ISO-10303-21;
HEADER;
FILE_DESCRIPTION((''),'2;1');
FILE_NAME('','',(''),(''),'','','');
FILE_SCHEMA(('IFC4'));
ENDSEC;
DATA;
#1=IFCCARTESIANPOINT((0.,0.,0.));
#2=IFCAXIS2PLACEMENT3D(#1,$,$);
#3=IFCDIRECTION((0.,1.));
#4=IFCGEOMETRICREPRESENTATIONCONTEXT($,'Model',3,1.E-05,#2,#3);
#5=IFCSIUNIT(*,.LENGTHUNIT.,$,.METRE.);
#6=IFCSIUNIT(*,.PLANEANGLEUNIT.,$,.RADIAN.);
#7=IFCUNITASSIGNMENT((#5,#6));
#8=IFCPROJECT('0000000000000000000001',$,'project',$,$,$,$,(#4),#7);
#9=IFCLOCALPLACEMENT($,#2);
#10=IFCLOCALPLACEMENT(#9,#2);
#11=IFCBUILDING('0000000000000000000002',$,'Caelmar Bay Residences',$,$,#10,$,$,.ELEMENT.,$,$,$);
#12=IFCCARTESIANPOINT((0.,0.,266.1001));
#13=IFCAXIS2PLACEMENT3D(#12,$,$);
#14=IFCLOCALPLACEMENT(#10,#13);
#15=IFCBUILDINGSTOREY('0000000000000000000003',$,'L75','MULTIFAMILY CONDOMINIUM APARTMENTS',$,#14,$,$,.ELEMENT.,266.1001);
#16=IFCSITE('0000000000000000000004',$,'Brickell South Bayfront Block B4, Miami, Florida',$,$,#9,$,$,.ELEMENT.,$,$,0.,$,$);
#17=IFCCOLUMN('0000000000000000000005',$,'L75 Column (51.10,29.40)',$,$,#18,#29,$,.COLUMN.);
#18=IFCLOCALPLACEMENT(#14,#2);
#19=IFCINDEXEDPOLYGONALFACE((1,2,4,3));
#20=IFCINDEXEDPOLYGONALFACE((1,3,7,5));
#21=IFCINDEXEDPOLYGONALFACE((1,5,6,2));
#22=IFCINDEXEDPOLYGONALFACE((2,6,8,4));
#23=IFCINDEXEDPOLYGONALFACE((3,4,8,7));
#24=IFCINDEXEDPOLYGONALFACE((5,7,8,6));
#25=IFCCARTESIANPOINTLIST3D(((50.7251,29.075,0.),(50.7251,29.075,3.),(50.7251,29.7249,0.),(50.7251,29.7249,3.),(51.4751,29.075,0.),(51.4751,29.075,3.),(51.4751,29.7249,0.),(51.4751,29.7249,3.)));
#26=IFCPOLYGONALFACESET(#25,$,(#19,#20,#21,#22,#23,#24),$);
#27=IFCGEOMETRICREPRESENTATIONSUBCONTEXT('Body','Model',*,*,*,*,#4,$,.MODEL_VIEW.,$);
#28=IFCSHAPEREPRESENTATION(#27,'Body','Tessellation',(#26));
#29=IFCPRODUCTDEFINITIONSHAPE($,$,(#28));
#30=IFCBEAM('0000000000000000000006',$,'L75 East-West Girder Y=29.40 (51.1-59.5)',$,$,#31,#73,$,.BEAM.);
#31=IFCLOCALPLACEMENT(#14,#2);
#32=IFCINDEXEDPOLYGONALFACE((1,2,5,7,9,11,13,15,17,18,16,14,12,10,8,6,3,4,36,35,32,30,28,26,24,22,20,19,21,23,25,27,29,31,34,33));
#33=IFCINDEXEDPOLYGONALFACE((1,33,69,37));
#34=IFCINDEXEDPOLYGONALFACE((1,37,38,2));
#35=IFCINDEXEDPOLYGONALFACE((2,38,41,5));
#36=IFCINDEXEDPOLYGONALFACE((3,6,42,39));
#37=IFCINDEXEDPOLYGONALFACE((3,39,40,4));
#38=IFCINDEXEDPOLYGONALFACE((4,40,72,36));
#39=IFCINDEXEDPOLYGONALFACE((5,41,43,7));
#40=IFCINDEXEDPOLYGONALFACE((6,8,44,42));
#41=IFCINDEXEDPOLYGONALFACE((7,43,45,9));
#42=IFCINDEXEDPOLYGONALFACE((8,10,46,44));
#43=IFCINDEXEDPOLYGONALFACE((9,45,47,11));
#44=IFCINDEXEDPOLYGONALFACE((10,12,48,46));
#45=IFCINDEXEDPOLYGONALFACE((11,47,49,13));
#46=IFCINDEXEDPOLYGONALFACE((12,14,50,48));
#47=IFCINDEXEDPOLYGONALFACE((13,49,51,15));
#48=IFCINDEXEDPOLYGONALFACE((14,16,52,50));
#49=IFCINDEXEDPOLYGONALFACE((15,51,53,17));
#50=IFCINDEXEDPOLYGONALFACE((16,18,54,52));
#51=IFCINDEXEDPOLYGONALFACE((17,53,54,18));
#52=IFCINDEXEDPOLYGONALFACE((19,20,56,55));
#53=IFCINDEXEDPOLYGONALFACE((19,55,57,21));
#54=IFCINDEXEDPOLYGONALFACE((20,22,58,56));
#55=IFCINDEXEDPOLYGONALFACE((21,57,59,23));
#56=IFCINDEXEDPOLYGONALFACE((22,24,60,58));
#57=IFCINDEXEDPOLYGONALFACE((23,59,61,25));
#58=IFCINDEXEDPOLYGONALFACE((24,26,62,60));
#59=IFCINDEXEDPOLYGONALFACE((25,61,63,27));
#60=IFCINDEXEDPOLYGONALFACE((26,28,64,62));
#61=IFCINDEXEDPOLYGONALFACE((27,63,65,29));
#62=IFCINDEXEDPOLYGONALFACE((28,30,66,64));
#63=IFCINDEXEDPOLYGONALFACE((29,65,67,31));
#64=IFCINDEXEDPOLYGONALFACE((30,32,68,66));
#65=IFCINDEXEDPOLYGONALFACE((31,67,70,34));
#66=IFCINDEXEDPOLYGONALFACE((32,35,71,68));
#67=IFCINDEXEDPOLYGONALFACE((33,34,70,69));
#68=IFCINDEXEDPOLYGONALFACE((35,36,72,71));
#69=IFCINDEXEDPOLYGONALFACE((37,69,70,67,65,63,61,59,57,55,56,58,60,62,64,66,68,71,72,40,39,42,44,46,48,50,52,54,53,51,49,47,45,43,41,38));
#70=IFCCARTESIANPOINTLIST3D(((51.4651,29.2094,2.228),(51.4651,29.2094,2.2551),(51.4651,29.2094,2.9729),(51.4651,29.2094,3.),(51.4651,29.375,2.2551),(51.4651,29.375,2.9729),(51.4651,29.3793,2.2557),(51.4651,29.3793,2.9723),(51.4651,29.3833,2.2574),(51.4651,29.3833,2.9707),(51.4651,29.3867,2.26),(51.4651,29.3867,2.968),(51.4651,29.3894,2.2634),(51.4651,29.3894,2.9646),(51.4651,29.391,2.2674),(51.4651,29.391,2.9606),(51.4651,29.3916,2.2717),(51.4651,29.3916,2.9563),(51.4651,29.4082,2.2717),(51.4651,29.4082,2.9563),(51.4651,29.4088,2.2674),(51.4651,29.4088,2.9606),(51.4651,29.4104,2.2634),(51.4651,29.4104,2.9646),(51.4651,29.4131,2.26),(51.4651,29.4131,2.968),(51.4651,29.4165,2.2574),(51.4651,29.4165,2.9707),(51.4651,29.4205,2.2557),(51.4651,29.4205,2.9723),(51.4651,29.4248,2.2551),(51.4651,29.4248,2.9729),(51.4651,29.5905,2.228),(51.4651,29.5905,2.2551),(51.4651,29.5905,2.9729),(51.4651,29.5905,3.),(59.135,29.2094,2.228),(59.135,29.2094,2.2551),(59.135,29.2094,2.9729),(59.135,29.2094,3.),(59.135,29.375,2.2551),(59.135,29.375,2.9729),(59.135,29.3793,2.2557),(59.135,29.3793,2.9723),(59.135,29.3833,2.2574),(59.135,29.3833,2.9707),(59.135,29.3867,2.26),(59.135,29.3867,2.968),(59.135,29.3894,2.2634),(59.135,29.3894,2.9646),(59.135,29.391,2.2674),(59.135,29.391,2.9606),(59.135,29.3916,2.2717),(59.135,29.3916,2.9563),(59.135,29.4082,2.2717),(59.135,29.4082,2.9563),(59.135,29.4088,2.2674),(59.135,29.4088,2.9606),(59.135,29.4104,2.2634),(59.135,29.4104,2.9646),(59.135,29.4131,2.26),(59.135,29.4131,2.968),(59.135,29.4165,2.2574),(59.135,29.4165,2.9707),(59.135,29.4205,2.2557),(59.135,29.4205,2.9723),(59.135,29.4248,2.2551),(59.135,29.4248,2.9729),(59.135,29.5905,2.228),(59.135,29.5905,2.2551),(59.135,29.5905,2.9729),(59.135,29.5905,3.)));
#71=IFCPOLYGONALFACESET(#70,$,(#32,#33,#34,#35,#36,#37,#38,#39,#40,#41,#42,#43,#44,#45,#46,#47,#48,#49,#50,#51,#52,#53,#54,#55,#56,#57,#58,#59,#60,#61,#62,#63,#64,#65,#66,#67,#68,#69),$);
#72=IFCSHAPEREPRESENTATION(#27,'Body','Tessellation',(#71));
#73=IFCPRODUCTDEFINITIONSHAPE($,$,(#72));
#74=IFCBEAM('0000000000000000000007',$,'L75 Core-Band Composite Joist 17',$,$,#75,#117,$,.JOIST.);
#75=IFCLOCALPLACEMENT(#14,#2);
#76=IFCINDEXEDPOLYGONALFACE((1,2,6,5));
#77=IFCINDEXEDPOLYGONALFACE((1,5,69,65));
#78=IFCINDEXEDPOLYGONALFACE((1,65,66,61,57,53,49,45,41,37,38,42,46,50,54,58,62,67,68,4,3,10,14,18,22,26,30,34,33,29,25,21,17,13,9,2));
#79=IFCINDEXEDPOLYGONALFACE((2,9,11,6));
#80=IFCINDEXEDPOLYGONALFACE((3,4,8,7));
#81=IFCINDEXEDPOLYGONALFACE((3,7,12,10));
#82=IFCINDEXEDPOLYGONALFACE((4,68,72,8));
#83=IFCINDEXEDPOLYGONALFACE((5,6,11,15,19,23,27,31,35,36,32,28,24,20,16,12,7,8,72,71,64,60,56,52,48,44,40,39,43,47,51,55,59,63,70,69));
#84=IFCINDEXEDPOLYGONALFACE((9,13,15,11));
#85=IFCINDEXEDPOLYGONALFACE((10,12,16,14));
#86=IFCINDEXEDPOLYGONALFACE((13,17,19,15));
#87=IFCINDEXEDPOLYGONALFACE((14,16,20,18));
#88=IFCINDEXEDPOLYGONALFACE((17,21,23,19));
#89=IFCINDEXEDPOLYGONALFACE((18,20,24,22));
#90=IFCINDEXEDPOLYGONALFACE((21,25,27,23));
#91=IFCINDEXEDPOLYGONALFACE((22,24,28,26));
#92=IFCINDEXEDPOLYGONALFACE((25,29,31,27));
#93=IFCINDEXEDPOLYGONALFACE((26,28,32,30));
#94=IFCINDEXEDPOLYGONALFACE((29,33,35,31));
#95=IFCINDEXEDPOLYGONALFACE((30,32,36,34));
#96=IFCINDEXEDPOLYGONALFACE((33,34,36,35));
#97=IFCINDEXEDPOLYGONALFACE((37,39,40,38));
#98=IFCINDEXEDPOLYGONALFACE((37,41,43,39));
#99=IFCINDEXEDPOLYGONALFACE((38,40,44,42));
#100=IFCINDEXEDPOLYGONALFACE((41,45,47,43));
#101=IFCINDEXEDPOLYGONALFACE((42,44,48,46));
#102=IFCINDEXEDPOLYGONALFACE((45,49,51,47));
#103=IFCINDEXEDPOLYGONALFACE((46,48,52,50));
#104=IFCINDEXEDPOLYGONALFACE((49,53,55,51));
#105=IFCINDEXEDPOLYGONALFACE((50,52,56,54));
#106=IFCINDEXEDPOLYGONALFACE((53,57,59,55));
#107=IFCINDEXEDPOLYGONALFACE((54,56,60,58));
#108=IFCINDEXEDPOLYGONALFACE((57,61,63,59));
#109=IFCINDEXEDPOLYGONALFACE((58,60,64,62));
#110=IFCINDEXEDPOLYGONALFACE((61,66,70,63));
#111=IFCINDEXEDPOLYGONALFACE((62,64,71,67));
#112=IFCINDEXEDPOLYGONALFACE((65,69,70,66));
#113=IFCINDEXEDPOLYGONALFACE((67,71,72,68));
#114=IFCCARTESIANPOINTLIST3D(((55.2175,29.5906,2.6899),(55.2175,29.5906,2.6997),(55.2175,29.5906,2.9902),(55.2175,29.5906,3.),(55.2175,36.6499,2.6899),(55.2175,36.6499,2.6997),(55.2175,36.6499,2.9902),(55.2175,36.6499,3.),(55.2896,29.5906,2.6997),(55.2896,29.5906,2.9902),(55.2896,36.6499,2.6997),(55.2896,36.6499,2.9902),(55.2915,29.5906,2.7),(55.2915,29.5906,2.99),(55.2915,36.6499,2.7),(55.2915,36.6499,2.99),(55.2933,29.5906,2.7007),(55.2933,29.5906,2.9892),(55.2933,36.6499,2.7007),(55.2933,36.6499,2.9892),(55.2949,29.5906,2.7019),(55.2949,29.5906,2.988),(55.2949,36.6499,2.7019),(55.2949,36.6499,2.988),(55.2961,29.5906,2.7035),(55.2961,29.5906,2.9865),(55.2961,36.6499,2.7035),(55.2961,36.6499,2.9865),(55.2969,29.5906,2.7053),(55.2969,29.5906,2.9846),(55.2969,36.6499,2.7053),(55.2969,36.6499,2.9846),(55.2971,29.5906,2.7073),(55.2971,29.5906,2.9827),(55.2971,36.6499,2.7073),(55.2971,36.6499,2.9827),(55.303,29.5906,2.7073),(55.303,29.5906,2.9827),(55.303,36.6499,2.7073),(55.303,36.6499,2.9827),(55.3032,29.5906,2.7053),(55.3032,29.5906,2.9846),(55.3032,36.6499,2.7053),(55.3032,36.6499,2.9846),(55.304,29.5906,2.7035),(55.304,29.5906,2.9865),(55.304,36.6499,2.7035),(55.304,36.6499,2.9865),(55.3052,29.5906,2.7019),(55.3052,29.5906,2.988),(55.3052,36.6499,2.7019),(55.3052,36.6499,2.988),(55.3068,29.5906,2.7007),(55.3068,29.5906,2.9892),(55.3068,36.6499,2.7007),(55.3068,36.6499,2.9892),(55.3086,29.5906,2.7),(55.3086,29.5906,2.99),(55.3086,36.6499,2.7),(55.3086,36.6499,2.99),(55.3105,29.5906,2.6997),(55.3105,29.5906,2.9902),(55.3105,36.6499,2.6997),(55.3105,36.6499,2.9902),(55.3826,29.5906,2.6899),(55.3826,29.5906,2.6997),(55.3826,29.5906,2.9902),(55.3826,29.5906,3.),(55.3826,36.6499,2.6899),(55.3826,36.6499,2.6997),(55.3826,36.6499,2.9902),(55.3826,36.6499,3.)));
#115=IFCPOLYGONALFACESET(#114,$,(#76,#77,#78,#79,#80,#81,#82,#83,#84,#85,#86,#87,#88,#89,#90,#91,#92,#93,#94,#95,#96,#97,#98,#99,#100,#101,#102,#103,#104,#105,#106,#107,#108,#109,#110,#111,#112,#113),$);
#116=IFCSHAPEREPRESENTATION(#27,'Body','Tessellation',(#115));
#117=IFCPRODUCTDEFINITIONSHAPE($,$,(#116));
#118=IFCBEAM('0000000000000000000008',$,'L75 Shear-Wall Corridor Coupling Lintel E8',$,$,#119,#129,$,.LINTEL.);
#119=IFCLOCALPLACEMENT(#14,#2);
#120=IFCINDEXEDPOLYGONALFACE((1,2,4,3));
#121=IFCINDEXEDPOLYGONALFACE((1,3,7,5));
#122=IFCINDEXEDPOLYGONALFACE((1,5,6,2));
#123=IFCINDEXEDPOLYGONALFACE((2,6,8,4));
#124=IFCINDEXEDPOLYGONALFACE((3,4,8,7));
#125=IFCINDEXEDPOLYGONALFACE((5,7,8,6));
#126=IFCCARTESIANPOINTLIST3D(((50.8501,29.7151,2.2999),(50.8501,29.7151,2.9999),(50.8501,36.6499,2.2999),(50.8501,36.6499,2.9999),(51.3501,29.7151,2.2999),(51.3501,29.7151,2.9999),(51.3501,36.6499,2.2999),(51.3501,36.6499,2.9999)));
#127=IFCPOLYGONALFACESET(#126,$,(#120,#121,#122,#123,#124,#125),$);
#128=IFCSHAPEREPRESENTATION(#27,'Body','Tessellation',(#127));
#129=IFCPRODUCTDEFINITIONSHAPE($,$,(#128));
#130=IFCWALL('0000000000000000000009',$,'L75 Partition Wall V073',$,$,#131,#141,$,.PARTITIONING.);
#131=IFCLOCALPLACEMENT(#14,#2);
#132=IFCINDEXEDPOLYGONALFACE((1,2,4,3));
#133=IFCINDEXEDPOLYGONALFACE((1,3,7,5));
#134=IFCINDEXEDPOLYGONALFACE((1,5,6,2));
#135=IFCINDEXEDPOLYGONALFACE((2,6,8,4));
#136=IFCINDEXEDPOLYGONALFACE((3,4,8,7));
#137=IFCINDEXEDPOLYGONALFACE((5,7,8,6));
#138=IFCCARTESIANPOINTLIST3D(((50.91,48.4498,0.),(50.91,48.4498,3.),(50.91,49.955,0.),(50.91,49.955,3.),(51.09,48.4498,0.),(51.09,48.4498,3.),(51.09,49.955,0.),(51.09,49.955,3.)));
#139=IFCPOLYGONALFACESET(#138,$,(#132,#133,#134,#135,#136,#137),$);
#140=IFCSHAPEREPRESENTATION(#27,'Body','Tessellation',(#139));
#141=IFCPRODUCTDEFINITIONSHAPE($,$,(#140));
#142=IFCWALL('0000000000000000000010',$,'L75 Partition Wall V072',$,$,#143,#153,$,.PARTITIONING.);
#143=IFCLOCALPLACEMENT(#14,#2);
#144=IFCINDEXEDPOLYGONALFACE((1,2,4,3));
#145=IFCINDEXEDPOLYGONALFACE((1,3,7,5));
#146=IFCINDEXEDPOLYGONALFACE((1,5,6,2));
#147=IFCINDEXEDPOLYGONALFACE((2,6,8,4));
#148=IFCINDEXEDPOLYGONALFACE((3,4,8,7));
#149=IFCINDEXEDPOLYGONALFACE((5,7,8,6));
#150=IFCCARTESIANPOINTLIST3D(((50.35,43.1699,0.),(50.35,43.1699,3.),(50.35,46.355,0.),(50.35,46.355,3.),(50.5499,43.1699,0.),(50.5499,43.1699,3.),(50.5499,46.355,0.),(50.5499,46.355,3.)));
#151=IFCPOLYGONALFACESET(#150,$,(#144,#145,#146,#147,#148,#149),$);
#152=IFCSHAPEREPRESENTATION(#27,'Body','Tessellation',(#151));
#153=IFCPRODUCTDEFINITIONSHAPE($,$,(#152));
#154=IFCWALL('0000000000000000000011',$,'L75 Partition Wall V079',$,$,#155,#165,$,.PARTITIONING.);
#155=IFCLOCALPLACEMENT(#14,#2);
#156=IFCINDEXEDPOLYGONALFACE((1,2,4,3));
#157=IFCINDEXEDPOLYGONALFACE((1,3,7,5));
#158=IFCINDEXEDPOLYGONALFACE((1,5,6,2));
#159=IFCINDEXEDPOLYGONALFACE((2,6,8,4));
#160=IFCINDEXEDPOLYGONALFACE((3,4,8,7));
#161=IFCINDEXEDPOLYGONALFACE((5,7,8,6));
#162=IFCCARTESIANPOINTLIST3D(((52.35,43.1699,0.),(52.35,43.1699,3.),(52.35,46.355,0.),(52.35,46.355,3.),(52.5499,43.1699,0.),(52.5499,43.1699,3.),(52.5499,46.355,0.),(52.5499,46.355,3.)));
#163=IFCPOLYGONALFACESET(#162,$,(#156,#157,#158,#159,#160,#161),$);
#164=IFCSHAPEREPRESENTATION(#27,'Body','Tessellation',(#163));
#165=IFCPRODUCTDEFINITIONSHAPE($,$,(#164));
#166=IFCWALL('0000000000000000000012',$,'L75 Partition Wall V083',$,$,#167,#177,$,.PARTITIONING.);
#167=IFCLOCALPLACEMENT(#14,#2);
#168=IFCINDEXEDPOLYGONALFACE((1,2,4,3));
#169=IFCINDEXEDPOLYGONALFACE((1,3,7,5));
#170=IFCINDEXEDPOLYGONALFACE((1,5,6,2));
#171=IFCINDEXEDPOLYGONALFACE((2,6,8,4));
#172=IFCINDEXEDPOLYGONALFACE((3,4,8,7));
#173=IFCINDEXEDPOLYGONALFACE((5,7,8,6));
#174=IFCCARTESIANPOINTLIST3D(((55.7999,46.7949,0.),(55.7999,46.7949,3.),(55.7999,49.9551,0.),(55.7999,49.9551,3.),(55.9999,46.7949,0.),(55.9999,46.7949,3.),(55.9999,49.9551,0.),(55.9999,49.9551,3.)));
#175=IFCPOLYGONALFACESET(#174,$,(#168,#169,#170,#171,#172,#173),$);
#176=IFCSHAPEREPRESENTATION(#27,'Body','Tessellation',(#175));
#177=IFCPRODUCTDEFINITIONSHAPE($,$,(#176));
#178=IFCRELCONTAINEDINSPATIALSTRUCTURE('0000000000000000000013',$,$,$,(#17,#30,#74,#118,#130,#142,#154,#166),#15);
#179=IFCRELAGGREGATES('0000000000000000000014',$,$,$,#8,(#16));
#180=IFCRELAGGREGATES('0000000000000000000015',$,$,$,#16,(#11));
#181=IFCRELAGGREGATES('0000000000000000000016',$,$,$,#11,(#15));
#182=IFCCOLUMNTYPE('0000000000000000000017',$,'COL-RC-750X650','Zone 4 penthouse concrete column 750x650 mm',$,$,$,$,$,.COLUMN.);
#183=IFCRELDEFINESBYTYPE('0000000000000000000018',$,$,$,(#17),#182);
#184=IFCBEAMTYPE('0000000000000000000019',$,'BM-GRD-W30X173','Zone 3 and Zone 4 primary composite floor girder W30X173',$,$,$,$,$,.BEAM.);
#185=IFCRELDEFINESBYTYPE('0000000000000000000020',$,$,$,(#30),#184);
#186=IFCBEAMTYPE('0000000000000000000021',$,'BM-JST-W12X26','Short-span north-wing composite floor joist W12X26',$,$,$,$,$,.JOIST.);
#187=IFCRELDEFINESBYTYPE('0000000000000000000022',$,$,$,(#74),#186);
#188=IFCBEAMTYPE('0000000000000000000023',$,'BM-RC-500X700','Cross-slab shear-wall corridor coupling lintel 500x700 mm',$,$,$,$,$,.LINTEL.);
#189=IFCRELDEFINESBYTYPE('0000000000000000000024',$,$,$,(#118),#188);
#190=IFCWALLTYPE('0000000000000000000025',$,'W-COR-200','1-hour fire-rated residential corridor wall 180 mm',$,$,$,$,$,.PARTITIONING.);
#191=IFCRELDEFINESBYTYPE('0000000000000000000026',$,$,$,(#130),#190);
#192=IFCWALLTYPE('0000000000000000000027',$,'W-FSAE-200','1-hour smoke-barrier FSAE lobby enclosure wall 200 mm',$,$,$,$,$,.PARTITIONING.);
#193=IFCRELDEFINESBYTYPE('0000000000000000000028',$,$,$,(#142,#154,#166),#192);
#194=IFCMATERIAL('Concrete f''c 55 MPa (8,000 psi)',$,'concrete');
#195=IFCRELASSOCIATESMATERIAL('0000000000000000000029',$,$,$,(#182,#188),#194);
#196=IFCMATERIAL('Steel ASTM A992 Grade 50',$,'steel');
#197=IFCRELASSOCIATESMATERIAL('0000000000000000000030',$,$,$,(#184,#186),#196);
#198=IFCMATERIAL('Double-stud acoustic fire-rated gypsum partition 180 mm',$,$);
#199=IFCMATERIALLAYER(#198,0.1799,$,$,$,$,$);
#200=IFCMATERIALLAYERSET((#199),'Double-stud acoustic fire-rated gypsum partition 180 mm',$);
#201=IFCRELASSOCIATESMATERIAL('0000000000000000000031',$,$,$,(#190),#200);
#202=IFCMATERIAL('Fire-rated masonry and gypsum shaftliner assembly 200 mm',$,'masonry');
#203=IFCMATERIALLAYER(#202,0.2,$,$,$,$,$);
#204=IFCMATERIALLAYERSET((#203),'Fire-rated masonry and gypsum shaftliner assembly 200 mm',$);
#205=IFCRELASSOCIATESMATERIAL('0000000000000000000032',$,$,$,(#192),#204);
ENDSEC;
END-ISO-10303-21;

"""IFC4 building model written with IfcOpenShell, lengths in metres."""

from ifc_helpers import new_model, si_unit, direction, frame, frame_2d, origin, origin_2d, place, context, subcontext, project, spatial, rectangle, i_section, extrude, material, layer, layer_set, material_profile, profile_set, type_object, element, save


model = new_model("IFC4")

# Units and contexts
model_context = context("Model", 3, precision=1e-05, world=origin(), true_north=direction((0.0, 1.0)))
body_context = subcontext(model_context, "Body", "Model", "MODEL_VIEW")
ifc_project = project(units=[si_unit("LENGTHUNIT", "METRE"), si_unit("PLANEANGLEUNIT", "RADIAN")], contexts=[model_context])

# Site, building, storey
site_placement = place(None, origin())
site = spatial("IfcSite", under=ifc_project, at=site_placement, Name="Brickell South Bayfront Block B4, Miami, Florida", CompositionType="ELEMENT", RefElevation=0.0)
building_placement = place(site_placement, origin())
building = spatial("IfcBuilding", under=site, at=building_placement, Name="Caelmar Bay Residences", CompositionType="ELEMENT")
storey_placement = place(building_placement, frame((0.0, 0.0, 266.1001)))
storey = spatial("IfcBuildingStorey", under=building, at=storey_placement, Name="L75", Description="MULTIFAMILY CONDOMINIUM APARTMENTS", CompositionType="ELEMENT", Elevation=266.1001)

# Column
ifc_material_1 = material(Name="Concrete f'c 55 MPa (8,000 psi)", Category="concrete")
ifc_material_profile_1 = material_profile(ifc_material_1, rectangle(XDim=0.75, YDim=0.6499, at=origin_2d()), Name="RC-COL-750X650")
ifc_profile_set_1 = profile_set([ifc_material_profile_1], Name="Concrete f'c 55 MPa (8,000 psi)")
column_type = type_object("IfcColumnType", Name="COL-RC-750X650", Description="Zone 4 penthouse concrete column 750x650 mm", PredefinedType="COLUMN", material=ifc_profile_set_1)
column_placement = place(storey_placement, frame((51.1001, 29.3999, 0.0), z_axis=(0.0, 0.0, 1.0), x_axis=(1.0, 0.0, 0.0)))
element("IfcColumn", 1, at=column_placement, inside=storey, type_object=column_type, Name="L75 Column (51.10,29.40)", PredefinedType="COLUMN", context=body_context, shape_type="SweptSolid", body=[
    extrude(rectangle(XDim=0.75, YDim=0.6499, at=origin_2d()), origin(), (0.0, 0.0, 1.0), 3.0),
])

# Beams
ifc_material_2 = material(Name="Steel ASTM A992 Grade 50", Category="steel")
ifc_material_profile_2 = material_profile(ifc_material_2, i_section(OverallWidth=0.3811, OverallDepth=0.772, WebThickness=0.0166, FlangeThickness=0.0271, FilletRadius=0.0166, at=origin_2d()), Name="W30X173")
ifc_profile_set_2 = profile_set([ifc_material_profile_2], Name="Steel ASTM A992 Grade 50")
beam_type_1 = type_object("IfcBeamType", Name="BM-GRD-W30X173", Description="Zone 3 and Zone 4 primary composite floor girder W30X173", PredefinedType="BEAM", material=ifc_profile_set_2)
beam_1_placement = place(storey_placement, frame((51.4651, 29.3999, 2.614), z_axis=(1.0, 0.0, 0.0), x_axis=(0.0, 1.0, 0.0)))
element("IfcBeam", 2, at=beam_1_placement, inside=storey, type_object=beam_type_1, Name="L75 East-West Girder Y=29.40 (51.1-59.5)", PredefinedType="BEAM", context=body_context, shape_type="SweptSolid", body=[
    extrude(i_section(OverallWidth=0.3811, OverallDepth=0.772, WebThickness=0.0166, FlangeThickness=0.0271, FilletRadius=0.0166, at=origin_2d()), origin(), (0.0, 0.0, 1.0), 7.6699),
])
ifc_material_profile_3 = material_profile(ifc_material_2, i_section(OverallWidth=0.165, OverallDepth=0.3101, WebThickness=0.0059, FlangeThickness=0.0098, FilletRadius=0.0076, at=origin_2d()), Name="W12X26")
ifc_profile_set_3 = profile_set([ifc_material_profile_3], Name="Steel ASTM A992 Grade 50")
beam_type_2 = type_object("IfcBeamType", Name="BM-JST-W12X26", Description="Short-span north-wing composite floor joist W12X26", PredefinedType="JOIST", material=ifc_profile_set_3)
beam_2_placement = place(storey_placement, frame((55.3, 29.5906, 2.845), z_axis=(0.0, 1.0, 0.0), x_axis=(-1.0, 0.0, 0.0)))
element("IfcBeam", 3, at=beam_2_placement, inside=storey, type_object=beam_type_2, Name="L75 Core-Band Composite Joist 17", PredefinedType="JOIST", context=body_context, shape_type="SweptSolid", body=[
    extrude(i_section(OverallWidth=0.165, OverallDepth=0.3101, WebThickness=0.0059, FlangeThickness=0.0098, FilletRadius=0.0076, at=origin_2d()), origin(), (0.0, 0.0, 1.0), 7.0593),
])
ifc_material_profile_4 = material_profile(ifc_material_1, rectangle(XDim=0.5, YDim=0.7, at=origin_2d()), Name="RC-BM-500X700")
ifc_profile_set_4 = profile_set([ifc_material_profile_4], Name="Concrete f'c 55 MPa (8,000 psi)")
beam_type_3 = type_object("IfcBeamType", Name="BM-RC-500X700", Description="Cross-slab shear-wall corridor coupling lintel 500x700 mm", PredefinedType="LINTEL", material=ifc_profile_set_4)
beam_3_placement = place(storey_placement, frame((51.1001, 29.7151, 2.6499), z_axis=(0.0, 1.0, 0.0), x_axis=(-1.0, 0.0, 0.0)))
element("IfcBeam", 4, at=beam_3_placement, inside=storey, type_object=beam_type_3, Name="L75 Shear-Wall Corridor Coupling Lintel E8", PredefinedType="LINTEL", context=body_context, shape_type="SweptSolid", body=[
    extrude(rectangle(XDim=0.5, YDim=0.7, at=origin_2d()), origin(), (0.0, 0.0, 1.0), 6.9348),
])

# Walls
ifc_material_3 = material(Name="Double-stud acoustic fire-rated gypsum partition 180 mm")
ifc_layer_1 = layer(ifc_material_3, 0.1799)
ifc_layer_set_1 = layer_set([ifc_layer_1], Name="Double-stud acoustic fire-rated gypsum partition 180 mm")
wall_type_1 = type_object("IfcWallType", Name="W-COR-200", Description="1-hour fire-rated residential corridor wall 180 mm", PredefinedType="PARTITIONING", material=ifc_layer_set_1)
wall_1_placement = place(storey_placement, frame((51.0, 48.45, 0.0), z_axis=(0.0, 0.0, 1.0), x_axis=(0.0, 1.0, 0.0)))
element("IfcWall", 5, at=wall_1_placement, inside=storey, type_object=wall_type_1, Name="L75 Partition Wall V073", PredefinedType="PARTITIONING", context=body_context, shape_type="SweptSolid", body=[
    extrude(rectangle(XDim=1.5051, YDim=0.1799, at=frame_2d((0.7524, 0.0))), origin(), (0.0, 0.0, 1.0), 3.0),
])
ifc_material_4 = material(Name="Fire-rated masonry and gypsum shaftliner assembly 200 mm", Category="masonry")
ifc_layer_2 = layer(ifc_material_4, 0.2)
ifc_layer_set_2 = layer_set([ifc_layer_2], Name="Fire-rated masonry and gypsum shaftliner assembly 200 mm")
wall_type_2 = type_object("IfcWallType", Name="W-FSAE-200", Description="1-hour smoke-barrier FSAE lobby enclosure wall 200 mm", PredefinedType="PARTITIONING", material=ifc_layer_set_2)
for number, where, z_axis, x_axis, name in (
    (6, (50.45, 43.1699, 0.0), (0.0, 0.0, 1.0), (0.0, 1.0, 0.0), "L75 Partition Wall V072"),
    (7, (52.45, 43.1699, 0.0), (0.0, 0.0, 1.0), (0.0, 1.0, 0.0), "L75 Partition Wall V079"),
):
    element("IfcWall", number, at=place(storey_placement, frame(where, z_axis=z_axis, x_axis=x_axis)), inside=storey, type_object=wall_type_2, Name=name, PredefinedType="PARTITIONING", context=body_context, shape_type="SweptSolid", body=[
        extrude(rectangle(XDim=3.1851, YDim=0.2, at=frame_2d((1.5925, 0.0))), origin(), (0.0, 0.0, 1.0), 3.0),
    ])
wall_2_placement = place(storey_placement, frame((55.8999, 46.7949, 0.0), z_axis=(0.0, 0.0, 1.0), x_axis=(0.0, 1.0, 0.0)))
element("IfcWall", 8, at=wall_2_placement, inside=storey, type_object=wall_type_2, Name="L75 Partition Wall V083", PredefinedType="PARTITIONING", context=body_context, shape_type="SweptSolid", body=[
    extrude(rectangle(XDim=3.1602, YDim=0.2, at=frame_2d((1.5801, 0.0))), origin(), (0.0, 0.0, 1.0), 3.0),
])

save(model, "model.ifc")
